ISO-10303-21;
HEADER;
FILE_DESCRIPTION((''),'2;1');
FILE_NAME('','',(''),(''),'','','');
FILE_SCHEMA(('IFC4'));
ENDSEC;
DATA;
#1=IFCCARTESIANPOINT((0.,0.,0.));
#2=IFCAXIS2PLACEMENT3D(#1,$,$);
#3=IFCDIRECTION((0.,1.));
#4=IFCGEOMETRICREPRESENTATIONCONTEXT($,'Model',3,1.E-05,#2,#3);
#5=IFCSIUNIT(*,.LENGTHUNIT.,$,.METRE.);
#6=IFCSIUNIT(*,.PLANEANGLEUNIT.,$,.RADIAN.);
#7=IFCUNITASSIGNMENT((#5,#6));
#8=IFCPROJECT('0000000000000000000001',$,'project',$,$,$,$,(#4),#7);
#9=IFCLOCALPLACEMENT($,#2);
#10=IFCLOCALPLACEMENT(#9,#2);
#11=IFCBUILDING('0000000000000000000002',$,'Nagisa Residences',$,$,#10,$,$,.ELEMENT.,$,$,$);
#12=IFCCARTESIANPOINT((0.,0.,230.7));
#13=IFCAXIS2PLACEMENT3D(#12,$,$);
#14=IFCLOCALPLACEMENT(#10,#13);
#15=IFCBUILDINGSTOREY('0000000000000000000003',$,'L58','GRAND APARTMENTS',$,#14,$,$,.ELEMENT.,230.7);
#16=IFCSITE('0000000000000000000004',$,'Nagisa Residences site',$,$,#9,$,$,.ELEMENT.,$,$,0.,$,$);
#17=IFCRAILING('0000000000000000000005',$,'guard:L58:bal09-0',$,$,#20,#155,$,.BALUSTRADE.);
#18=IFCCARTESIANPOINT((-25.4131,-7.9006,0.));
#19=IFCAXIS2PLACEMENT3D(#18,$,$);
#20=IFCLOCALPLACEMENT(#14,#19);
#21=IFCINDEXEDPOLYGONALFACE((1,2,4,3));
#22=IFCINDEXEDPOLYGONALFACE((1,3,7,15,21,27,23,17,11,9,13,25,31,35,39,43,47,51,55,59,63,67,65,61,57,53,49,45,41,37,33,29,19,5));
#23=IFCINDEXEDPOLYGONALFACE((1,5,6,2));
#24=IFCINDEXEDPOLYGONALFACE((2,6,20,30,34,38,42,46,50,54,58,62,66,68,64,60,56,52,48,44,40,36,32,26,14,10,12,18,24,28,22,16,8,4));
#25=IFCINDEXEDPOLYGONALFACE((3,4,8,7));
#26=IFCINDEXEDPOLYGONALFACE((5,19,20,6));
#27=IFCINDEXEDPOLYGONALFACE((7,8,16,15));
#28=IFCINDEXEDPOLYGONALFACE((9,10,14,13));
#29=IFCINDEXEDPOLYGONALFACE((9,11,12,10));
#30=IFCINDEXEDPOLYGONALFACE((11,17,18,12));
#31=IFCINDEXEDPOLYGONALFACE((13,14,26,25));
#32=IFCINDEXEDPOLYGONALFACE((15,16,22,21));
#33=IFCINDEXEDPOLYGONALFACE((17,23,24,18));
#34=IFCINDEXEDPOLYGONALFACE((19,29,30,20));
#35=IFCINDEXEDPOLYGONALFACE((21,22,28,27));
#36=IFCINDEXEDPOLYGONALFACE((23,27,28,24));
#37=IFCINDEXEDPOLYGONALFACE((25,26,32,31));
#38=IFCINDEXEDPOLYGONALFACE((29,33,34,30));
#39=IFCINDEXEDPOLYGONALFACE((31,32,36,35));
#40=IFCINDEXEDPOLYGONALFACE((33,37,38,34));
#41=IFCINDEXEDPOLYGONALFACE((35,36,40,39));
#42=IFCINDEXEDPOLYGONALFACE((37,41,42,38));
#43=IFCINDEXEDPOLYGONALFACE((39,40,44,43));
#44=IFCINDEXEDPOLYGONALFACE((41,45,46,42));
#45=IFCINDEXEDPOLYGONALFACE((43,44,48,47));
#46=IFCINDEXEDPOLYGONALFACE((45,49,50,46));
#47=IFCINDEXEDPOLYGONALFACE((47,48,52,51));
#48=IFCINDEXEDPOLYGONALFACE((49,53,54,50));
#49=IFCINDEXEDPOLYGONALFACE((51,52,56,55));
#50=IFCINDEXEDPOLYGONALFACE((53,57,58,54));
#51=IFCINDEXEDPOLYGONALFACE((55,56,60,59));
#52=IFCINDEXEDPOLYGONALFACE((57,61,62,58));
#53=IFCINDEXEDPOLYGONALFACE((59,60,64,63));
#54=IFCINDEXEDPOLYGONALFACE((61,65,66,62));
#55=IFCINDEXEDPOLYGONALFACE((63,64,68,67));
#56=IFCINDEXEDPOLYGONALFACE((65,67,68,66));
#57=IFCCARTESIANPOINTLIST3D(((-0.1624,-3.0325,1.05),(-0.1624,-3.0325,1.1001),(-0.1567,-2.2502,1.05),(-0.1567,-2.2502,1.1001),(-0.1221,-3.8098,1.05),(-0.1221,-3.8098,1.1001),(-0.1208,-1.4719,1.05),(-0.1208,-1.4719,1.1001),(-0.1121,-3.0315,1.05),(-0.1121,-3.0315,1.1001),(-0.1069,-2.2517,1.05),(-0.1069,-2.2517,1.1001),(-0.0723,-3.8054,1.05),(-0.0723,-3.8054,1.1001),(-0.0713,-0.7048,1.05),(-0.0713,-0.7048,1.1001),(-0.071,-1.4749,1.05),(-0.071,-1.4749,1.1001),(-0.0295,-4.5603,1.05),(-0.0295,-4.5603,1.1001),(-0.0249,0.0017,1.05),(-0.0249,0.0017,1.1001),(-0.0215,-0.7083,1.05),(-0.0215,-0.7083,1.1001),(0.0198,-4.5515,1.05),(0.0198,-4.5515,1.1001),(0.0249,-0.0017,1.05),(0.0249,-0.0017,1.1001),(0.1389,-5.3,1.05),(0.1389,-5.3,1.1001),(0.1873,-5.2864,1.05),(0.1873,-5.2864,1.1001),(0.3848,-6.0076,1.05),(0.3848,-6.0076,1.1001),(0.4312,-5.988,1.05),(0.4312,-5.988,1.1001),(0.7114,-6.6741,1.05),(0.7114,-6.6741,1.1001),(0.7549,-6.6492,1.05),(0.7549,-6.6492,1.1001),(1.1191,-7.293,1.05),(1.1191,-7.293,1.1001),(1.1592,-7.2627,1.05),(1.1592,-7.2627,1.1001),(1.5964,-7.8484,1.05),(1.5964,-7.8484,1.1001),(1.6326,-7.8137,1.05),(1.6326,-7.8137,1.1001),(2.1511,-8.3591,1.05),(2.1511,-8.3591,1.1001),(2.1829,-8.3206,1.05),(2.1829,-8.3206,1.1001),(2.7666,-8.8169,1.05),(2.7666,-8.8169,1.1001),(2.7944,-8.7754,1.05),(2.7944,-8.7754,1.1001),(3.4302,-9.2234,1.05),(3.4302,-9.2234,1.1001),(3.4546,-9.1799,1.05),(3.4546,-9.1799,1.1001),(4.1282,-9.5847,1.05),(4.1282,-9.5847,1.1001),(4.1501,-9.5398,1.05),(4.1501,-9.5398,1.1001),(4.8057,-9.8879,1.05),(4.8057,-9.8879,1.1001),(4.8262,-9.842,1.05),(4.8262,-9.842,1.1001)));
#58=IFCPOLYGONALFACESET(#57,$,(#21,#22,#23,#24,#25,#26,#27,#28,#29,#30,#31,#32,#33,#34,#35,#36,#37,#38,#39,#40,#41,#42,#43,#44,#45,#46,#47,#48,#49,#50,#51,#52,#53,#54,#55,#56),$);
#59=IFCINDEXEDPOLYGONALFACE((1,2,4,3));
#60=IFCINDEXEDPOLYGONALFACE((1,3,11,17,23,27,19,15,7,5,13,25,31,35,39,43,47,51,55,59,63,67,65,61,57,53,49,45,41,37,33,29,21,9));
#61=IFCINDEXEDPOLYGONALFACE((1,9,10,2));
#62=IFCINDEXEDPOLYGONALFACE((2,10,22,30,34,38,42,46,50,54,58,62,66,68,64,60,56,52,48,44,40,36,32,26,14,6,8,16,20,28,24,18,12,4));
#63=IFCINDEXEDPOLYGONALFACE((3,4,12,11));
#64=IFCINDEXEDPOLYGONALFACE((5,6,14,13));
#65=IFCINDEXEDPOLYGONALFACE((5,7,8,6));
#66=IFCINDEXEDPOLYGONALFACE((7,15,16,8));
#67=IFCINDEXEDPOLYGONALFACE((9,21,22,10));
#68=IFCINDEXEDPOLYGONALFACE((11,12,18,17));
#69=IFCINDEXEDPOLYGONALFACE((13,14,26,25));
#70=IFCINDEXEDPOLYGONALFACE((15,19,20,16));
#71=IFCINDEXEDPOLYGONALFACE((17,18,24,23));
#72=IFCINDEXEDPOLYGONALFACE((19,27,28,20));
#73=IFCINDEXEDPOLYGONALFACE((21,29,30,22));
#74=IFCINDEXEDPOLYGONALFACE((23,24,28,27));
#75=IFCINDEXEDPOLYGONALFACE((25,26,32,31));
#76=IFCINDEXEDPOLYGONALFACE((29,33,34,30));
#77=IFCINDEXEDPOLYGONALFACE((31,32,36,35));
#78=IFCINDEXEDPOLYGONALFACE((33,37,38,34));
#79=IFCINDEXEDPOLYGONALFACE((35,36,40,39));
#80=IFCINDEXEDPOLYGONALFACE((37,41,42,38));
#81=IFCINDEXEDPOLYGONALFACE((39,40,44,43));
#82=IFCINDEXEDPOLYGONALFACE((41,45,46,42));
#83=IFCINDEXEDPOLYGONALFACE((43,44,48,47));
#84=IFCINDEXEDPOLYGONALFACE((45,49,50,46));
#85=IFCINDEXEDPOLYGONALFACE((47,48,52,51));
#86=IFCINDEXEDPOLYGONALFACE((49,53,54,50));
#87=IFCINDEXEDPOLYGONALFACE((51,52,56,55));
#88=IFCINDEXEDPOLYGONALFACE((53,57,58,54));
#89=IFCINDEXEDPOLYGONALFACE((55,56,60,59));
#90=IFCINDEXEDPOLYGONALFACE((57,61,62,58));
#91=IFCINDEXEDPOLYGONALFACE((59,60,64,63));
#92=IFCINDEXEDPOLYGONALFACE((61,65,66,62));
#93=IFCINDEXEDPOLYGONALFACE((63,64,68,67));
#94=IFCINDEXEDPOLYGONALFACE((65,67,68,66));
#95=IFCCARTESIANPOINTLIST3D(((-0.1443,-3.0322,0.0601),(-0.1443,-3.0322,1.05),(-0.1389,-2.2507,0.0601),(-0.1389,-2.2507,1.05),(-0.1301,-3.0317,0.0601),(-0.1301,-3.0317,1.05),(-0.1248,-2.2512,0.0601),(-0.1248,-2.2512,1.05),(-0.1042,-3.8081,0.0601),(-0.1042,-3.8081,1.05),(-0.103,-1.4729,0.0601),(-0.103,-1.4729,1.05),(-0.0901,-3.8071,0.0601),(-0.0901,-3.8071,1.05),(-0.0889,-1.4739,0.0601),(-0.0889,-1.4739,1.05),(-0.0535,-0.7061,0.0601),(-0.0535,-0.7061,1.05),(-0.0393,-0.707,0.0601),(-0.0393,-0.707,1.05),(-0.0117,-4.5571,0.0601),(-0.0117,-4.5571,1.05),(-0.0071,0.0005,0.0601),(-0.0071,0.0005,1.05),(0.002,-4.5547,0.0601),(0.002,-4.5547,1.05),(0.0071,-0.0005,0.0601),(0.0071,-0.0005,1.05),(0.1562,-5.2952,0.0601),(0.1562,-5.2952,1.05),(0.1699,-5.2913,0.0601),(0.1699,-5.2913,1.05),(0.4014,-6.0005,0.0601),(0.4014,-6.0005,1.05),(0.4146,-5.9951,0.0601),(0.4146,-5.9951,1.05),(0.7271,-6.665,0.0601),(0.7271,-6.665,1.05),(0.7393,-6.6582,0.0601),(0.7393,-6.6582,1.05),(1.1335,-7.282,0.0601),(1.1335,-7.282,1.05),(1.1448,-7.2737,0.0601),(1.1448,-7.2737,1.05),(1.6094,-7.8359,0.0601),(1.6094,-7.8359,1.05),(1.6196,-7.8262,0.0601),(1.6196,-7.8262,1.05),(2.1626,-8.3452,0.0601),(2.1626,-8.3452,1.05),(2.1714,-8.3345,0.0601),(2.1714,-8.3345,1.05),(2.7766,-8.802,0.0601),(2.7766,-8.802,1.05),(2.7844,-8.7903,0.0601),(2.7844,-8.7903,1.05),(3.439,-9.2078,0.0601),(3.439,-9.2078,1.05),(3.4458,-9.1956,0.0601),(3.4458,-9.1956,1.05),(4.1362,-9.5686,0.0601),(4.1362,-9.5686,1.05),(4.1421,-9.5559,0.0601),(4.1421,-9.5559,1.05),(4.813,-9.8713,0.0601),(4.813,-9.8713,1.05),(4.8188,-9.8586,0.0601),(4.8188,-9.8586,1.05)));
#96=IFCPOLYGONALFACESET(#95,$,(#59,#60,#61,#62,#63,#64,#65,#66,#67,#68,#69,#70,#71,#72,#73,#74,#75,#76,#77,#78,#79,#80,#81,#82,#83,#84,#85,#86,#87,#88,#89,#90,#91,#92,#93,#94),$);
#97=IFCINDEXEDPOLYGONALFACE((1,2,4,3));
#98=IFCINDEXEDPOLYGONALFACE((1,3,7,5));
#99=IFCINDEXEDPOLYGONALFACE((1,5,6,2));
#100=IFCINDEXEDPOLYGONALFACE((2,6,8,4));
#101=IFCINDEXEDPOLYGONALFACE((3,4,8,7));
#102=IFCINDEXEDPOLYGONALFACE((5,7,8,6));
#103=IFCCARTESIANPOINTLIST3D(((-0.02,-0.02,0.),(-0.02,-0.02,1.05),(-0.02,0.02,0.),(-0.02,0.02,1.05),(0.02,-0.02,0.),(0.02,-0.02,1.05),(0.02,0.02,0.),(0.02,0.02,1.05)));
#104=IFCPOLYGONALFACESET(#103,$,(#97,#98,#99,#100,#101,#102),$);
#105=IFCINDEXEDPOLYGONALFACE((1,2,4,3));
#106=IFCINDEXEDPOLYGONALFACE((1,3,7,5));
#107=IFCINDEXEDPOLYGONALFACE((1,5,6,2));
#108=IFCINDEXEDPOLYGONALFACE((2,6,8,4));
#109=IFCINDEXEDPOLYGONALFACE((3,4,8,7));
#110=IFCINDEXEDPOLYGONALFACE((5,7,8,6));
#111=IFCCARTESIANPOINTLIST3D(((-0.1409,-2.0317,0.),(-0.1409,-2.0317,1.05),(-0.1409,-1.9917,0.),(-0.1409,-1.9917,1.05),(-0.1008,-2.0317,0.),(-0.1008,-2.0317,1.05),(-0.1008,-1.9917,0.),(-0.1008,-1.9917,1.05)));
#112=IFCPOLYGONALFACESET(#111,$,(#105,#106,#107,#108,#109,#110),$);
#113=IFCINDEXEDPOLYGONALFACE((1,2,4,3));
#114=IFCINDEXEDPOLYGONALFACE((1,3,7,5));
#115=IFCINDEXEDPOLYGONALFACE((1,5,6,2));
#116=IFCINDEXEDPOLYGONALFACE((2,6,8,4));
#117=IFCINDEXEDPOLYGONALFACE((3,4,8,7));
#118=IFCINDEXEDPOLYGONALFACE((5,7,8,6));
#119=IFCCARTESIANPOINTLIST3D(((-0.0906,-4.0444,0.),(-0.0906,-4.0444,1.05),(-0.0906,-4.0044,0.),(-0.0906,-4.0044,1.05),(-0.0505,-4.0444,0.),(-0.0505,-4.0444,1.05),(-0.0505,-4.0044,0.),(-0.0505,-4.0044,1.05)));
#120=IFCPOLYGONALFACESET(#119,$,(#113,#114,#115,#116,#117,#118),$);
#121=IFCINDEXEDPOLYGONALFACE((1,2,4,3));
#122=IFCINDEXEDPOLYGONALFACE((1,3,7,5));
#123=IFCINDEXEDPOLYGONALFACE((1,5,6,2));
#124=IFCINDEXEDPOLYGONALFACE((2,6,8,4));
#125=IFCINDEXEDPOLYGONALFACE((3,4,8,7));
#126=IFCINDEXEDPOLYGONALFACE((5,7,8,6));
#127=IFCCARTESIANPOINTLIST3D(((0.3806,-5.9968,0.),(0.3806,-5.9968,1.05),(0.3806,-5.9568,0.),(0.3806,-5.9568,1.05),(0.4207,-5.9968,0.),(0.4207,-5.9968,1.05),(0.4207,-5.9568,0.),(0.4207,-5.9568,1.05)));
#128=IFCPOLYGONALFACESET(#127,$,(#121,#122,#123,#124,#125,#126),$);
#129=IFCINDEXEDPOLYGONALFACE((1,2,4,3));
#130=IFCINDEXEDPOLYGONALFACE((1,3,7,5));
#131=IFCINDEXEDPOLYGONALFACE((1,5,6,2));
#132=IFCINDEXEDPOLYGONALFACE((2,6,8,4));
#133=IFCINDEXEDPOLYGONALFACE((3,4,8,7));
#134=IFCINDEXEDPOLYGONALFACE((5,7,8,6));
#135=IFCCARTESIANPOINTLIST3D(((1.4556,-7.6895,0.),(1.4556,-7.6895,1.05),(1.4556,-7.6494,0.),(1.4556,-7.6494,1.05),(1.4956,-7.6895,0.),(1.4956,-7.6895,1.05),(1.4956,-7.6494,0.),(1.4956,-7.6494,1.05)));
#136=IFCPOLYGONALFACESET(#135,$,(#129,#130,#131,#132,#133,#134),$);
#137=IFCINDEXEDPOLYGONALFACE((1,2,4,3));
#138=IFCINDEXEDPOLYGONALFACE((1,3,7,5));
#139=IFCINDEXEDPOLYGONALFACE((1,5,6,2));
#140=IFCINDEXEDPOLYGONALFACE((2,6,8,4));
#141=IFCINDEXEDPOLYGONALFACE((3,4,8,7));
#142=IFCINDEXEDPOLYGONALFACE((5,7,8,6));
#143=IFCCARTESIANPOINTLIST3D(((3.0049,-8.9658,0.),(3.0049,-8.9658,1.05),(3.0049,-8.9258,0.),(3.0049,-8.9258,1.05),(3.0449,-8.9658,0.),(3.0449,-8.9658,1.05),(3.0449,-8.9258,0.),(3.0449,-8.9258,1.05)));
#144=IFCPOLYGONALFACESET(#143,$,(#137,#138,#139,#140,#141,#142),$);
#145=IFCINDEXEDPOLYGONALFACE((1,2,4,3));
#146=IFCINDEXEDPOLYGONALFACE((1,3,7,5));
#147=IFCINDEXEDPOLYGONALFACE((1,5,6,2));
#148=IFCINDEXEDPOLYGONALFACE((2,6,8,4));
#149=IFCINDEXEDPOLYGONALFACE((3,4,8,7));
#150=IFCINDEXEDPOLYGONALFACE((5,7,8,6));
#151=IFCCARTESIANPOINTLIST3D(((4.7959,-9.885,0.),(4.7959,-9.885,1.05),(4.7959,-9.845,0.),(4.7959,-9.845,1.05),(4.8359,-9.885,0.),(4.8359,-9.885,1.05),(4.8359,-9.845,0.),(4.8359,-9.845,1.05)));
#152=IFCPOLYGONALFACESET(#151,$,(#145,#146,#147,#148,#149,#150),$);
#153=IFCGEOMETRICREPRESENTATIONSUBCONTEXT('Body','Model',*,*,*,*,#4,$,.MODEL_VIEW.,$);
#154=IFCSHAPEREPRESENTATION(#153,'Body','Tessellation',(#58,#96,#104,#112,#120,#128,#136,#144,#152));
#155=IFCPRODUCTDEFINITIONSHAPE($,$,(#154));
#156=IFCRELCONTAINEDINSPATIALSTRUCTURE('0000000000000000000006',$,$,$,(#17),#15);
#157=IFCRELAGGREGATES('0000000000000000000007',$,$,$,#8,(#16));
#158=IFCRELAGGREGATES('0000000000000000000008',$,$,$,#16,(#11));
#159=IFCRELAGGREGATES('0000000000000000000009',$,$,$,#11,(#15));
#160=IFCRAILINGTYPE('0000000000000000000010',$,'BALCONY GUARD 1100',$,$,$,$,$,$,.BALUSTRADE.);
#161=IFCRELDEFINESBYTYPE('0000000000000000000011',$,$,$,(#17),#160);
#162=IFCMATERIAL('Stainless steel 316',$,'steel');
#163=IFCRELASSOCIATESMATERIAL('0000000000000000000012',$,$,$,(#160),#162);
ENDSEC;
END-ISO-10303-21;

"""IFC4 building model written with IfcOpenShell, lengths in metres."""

from ifc_helpers import new_model, si_unit, direction, frame, origin, origin_2d, place, context, subcontext, project, spatial, polyline, rectangle, outline, extrude, material, type_object, element, save


model = new_model("IFC4")

# Units and contexts
model_context = context("Model", 3, precision=1e-05, world=origin(), true_north=direction((0.0, 1.0)))
body_context = subcontext(model_context, "Body", "Model", "MODEL_VIEW")
ifc_project = project(units=[si_unit("LENGTHUNIT", "METRE"), si_unit("PLANEANGLEUNIT", "RADIAN")], contexts=[model_context])

# Site, building, storey
site_placement = place(None, origin())
site = spatial("IfcSite", under=ifc_project, at=site_placement, Name="Nagisa Residences site", CompositionType="ELEMENT", RefElevation=0.0)
building_placement = place(site_placement, origin())
building = spatial("IfcBuilding", under=site, at=building_placement, Name="Nagisa Residences", CompositionType="ELEMENT")
storey_placement = place(building_placement, frame((0.0, 0.0, 230.7)))
storey = spatial("IfcBuildingStorey", under=building, at=storey_placement, Name="L58", Description="GRAND APARTMENTS", CompositionType="ELEMENT", Elevation=230.7)

# Railing
ifc_material_1 = material(Name="Stainless steel 316", Category="steel")
railing_type = type_object("IfcRailingType", Name="BALCONY GUARD 1100", PredefinedType="BALUSTRADE", material=ifc_material_1)
railing_placement = place(storey_placement, frame((-25.4131, -7.9006, 0.0)))
element("IfcRailing", 1, at=railing_placement, inside=storey, type_object=railing_type, Name="guard:L58:bal09-0", PredefinedType="BALUSTRADE", context=body_context, shape_type="SweptSolid", body=[
    extrude(outline(polyline([(-0.0215, -0.7083), (0.0249, -0.0017), (-0.0249, 0.0017), (-0.0713, -0.7048), (-0.1208, -1.4719), (-0.1567, -2.2502), (-0.1624, -3.0325), (-0.1221, -3.8098), (-0.0295, -4.5603), (0.1389, -5.3), (0.3848, -6.0076), (0.7114, -6.6741), (1.1191, -7.293), (1.5964, -7.8484), (2.1511, -8.3591), (2.7666, -8.8169), (3.4302, -9.2234), (4.1282, -9.5847), (4.8057, -9.8879), (4.8262, -9.842), (4.1501, -9.5398), (3.4546, -9.1799), (2.7944, -8.7754), (2.1829, -8.3206), (1.6326, -7.8137), (1.1592, -7.2627), (0.7549, -6.6492), (0.4312, -5.988), (0.1873, -5.2864), (0.0198, -4.5515), (-0.0723, -3.8054), (-0.1121, -3.0315), (-0.1069, -2.2517), (-0.071, -1.4749), (-0.0215, -0.7083)])), frame((0.0, 0.0, 1.05)), (0.0, 0.0, 1.0), 0.05),
    extrude(outline(polyline([(-0.0393, -0.707), (0.0071, -0.0005), (-0.0071, 0.0005), (-0.0535, -0.7061), (-0.103, -1.4729), (-0.1389, -2.2507), (-0.1443, -3.0322), (-0.1042, -3.8081), (-0.0117, -4.5571), (0.1562, -5.2952), (0.4014, -6.0005), (0.7271, -6.665), (1.1335, -7.282), (1.6094, -7.8359), (2.1626, -8.3452), (2.7766, -8.802), (3.439, -9.2078), (4.1362, -9.5686), (4.813, -9.8713), (4.8188, -9.8586), (4.1421, -9.5559), (3.4458, -9.1956), (2.7844, -8.7903), (2.1714, -8.3345), (1.6196, -7.8262), (1.1448, -7.2737), (0.7393, -6.6582), (0.4146, -5.9951), (0.1699, -5.2913), (0.002, -4.5547), (-0.0901, -3.8071), (-0.1301, -3.0317), (-0.1248, -2.2512), (-0.0889, -1.4739), (-0.0393, -0.707)])), frame((0.0, 0.0, 0.0601)), (0.0, 0.0, 1.0), 0.99),
    extrude(rectangle(XDim=0.04, YDim=0.04, at=origin_2d()), origin(), (0.0, 0.0, 1.0), 1.05),
    extrude(rectangle(XDim=0.04, YDim=0.04, at=origin_2d()), frame((-0.1208, -2.0117, 0.0)), (0.0, 0.0, 1.0), 1.05),
    extrude(rectangle(XDim=0.04, YDim=0.04, at=origin_2d()), frame((-0.0706, -4.0244, 0.0)), (0.0, 0.0, 1.0), 1.05),
    extrude(rectangle(XDim=0.04, YDim=0.04, at=origin_2d()), frame((0.4006, -5.9768, 0.0)), (0.0, 0.0, 1.0), 1.05),
    extrude(rectangle(XDim=0.04, YDim=0.04, at=origin_2d()), frame((1.4756, -7.6694, 0.0)), (0.0, 0.0, 1.0), 1.05),
    extrude(rectangle(XDim=0.04, YDim=0.04, at=origin_2d()), frame((3.0249, -8.9458, 0.0)), (0.0, 0.0, 1.0), 1.05),
    extrude(rectangle(XDim=0.04, YDim=0.04, at=origin_2d()), frame((4.8159, -9.865, 0.0)), (0.0, 0.0, 1.0), 1.05),
])

save(model, "model.ifc")
